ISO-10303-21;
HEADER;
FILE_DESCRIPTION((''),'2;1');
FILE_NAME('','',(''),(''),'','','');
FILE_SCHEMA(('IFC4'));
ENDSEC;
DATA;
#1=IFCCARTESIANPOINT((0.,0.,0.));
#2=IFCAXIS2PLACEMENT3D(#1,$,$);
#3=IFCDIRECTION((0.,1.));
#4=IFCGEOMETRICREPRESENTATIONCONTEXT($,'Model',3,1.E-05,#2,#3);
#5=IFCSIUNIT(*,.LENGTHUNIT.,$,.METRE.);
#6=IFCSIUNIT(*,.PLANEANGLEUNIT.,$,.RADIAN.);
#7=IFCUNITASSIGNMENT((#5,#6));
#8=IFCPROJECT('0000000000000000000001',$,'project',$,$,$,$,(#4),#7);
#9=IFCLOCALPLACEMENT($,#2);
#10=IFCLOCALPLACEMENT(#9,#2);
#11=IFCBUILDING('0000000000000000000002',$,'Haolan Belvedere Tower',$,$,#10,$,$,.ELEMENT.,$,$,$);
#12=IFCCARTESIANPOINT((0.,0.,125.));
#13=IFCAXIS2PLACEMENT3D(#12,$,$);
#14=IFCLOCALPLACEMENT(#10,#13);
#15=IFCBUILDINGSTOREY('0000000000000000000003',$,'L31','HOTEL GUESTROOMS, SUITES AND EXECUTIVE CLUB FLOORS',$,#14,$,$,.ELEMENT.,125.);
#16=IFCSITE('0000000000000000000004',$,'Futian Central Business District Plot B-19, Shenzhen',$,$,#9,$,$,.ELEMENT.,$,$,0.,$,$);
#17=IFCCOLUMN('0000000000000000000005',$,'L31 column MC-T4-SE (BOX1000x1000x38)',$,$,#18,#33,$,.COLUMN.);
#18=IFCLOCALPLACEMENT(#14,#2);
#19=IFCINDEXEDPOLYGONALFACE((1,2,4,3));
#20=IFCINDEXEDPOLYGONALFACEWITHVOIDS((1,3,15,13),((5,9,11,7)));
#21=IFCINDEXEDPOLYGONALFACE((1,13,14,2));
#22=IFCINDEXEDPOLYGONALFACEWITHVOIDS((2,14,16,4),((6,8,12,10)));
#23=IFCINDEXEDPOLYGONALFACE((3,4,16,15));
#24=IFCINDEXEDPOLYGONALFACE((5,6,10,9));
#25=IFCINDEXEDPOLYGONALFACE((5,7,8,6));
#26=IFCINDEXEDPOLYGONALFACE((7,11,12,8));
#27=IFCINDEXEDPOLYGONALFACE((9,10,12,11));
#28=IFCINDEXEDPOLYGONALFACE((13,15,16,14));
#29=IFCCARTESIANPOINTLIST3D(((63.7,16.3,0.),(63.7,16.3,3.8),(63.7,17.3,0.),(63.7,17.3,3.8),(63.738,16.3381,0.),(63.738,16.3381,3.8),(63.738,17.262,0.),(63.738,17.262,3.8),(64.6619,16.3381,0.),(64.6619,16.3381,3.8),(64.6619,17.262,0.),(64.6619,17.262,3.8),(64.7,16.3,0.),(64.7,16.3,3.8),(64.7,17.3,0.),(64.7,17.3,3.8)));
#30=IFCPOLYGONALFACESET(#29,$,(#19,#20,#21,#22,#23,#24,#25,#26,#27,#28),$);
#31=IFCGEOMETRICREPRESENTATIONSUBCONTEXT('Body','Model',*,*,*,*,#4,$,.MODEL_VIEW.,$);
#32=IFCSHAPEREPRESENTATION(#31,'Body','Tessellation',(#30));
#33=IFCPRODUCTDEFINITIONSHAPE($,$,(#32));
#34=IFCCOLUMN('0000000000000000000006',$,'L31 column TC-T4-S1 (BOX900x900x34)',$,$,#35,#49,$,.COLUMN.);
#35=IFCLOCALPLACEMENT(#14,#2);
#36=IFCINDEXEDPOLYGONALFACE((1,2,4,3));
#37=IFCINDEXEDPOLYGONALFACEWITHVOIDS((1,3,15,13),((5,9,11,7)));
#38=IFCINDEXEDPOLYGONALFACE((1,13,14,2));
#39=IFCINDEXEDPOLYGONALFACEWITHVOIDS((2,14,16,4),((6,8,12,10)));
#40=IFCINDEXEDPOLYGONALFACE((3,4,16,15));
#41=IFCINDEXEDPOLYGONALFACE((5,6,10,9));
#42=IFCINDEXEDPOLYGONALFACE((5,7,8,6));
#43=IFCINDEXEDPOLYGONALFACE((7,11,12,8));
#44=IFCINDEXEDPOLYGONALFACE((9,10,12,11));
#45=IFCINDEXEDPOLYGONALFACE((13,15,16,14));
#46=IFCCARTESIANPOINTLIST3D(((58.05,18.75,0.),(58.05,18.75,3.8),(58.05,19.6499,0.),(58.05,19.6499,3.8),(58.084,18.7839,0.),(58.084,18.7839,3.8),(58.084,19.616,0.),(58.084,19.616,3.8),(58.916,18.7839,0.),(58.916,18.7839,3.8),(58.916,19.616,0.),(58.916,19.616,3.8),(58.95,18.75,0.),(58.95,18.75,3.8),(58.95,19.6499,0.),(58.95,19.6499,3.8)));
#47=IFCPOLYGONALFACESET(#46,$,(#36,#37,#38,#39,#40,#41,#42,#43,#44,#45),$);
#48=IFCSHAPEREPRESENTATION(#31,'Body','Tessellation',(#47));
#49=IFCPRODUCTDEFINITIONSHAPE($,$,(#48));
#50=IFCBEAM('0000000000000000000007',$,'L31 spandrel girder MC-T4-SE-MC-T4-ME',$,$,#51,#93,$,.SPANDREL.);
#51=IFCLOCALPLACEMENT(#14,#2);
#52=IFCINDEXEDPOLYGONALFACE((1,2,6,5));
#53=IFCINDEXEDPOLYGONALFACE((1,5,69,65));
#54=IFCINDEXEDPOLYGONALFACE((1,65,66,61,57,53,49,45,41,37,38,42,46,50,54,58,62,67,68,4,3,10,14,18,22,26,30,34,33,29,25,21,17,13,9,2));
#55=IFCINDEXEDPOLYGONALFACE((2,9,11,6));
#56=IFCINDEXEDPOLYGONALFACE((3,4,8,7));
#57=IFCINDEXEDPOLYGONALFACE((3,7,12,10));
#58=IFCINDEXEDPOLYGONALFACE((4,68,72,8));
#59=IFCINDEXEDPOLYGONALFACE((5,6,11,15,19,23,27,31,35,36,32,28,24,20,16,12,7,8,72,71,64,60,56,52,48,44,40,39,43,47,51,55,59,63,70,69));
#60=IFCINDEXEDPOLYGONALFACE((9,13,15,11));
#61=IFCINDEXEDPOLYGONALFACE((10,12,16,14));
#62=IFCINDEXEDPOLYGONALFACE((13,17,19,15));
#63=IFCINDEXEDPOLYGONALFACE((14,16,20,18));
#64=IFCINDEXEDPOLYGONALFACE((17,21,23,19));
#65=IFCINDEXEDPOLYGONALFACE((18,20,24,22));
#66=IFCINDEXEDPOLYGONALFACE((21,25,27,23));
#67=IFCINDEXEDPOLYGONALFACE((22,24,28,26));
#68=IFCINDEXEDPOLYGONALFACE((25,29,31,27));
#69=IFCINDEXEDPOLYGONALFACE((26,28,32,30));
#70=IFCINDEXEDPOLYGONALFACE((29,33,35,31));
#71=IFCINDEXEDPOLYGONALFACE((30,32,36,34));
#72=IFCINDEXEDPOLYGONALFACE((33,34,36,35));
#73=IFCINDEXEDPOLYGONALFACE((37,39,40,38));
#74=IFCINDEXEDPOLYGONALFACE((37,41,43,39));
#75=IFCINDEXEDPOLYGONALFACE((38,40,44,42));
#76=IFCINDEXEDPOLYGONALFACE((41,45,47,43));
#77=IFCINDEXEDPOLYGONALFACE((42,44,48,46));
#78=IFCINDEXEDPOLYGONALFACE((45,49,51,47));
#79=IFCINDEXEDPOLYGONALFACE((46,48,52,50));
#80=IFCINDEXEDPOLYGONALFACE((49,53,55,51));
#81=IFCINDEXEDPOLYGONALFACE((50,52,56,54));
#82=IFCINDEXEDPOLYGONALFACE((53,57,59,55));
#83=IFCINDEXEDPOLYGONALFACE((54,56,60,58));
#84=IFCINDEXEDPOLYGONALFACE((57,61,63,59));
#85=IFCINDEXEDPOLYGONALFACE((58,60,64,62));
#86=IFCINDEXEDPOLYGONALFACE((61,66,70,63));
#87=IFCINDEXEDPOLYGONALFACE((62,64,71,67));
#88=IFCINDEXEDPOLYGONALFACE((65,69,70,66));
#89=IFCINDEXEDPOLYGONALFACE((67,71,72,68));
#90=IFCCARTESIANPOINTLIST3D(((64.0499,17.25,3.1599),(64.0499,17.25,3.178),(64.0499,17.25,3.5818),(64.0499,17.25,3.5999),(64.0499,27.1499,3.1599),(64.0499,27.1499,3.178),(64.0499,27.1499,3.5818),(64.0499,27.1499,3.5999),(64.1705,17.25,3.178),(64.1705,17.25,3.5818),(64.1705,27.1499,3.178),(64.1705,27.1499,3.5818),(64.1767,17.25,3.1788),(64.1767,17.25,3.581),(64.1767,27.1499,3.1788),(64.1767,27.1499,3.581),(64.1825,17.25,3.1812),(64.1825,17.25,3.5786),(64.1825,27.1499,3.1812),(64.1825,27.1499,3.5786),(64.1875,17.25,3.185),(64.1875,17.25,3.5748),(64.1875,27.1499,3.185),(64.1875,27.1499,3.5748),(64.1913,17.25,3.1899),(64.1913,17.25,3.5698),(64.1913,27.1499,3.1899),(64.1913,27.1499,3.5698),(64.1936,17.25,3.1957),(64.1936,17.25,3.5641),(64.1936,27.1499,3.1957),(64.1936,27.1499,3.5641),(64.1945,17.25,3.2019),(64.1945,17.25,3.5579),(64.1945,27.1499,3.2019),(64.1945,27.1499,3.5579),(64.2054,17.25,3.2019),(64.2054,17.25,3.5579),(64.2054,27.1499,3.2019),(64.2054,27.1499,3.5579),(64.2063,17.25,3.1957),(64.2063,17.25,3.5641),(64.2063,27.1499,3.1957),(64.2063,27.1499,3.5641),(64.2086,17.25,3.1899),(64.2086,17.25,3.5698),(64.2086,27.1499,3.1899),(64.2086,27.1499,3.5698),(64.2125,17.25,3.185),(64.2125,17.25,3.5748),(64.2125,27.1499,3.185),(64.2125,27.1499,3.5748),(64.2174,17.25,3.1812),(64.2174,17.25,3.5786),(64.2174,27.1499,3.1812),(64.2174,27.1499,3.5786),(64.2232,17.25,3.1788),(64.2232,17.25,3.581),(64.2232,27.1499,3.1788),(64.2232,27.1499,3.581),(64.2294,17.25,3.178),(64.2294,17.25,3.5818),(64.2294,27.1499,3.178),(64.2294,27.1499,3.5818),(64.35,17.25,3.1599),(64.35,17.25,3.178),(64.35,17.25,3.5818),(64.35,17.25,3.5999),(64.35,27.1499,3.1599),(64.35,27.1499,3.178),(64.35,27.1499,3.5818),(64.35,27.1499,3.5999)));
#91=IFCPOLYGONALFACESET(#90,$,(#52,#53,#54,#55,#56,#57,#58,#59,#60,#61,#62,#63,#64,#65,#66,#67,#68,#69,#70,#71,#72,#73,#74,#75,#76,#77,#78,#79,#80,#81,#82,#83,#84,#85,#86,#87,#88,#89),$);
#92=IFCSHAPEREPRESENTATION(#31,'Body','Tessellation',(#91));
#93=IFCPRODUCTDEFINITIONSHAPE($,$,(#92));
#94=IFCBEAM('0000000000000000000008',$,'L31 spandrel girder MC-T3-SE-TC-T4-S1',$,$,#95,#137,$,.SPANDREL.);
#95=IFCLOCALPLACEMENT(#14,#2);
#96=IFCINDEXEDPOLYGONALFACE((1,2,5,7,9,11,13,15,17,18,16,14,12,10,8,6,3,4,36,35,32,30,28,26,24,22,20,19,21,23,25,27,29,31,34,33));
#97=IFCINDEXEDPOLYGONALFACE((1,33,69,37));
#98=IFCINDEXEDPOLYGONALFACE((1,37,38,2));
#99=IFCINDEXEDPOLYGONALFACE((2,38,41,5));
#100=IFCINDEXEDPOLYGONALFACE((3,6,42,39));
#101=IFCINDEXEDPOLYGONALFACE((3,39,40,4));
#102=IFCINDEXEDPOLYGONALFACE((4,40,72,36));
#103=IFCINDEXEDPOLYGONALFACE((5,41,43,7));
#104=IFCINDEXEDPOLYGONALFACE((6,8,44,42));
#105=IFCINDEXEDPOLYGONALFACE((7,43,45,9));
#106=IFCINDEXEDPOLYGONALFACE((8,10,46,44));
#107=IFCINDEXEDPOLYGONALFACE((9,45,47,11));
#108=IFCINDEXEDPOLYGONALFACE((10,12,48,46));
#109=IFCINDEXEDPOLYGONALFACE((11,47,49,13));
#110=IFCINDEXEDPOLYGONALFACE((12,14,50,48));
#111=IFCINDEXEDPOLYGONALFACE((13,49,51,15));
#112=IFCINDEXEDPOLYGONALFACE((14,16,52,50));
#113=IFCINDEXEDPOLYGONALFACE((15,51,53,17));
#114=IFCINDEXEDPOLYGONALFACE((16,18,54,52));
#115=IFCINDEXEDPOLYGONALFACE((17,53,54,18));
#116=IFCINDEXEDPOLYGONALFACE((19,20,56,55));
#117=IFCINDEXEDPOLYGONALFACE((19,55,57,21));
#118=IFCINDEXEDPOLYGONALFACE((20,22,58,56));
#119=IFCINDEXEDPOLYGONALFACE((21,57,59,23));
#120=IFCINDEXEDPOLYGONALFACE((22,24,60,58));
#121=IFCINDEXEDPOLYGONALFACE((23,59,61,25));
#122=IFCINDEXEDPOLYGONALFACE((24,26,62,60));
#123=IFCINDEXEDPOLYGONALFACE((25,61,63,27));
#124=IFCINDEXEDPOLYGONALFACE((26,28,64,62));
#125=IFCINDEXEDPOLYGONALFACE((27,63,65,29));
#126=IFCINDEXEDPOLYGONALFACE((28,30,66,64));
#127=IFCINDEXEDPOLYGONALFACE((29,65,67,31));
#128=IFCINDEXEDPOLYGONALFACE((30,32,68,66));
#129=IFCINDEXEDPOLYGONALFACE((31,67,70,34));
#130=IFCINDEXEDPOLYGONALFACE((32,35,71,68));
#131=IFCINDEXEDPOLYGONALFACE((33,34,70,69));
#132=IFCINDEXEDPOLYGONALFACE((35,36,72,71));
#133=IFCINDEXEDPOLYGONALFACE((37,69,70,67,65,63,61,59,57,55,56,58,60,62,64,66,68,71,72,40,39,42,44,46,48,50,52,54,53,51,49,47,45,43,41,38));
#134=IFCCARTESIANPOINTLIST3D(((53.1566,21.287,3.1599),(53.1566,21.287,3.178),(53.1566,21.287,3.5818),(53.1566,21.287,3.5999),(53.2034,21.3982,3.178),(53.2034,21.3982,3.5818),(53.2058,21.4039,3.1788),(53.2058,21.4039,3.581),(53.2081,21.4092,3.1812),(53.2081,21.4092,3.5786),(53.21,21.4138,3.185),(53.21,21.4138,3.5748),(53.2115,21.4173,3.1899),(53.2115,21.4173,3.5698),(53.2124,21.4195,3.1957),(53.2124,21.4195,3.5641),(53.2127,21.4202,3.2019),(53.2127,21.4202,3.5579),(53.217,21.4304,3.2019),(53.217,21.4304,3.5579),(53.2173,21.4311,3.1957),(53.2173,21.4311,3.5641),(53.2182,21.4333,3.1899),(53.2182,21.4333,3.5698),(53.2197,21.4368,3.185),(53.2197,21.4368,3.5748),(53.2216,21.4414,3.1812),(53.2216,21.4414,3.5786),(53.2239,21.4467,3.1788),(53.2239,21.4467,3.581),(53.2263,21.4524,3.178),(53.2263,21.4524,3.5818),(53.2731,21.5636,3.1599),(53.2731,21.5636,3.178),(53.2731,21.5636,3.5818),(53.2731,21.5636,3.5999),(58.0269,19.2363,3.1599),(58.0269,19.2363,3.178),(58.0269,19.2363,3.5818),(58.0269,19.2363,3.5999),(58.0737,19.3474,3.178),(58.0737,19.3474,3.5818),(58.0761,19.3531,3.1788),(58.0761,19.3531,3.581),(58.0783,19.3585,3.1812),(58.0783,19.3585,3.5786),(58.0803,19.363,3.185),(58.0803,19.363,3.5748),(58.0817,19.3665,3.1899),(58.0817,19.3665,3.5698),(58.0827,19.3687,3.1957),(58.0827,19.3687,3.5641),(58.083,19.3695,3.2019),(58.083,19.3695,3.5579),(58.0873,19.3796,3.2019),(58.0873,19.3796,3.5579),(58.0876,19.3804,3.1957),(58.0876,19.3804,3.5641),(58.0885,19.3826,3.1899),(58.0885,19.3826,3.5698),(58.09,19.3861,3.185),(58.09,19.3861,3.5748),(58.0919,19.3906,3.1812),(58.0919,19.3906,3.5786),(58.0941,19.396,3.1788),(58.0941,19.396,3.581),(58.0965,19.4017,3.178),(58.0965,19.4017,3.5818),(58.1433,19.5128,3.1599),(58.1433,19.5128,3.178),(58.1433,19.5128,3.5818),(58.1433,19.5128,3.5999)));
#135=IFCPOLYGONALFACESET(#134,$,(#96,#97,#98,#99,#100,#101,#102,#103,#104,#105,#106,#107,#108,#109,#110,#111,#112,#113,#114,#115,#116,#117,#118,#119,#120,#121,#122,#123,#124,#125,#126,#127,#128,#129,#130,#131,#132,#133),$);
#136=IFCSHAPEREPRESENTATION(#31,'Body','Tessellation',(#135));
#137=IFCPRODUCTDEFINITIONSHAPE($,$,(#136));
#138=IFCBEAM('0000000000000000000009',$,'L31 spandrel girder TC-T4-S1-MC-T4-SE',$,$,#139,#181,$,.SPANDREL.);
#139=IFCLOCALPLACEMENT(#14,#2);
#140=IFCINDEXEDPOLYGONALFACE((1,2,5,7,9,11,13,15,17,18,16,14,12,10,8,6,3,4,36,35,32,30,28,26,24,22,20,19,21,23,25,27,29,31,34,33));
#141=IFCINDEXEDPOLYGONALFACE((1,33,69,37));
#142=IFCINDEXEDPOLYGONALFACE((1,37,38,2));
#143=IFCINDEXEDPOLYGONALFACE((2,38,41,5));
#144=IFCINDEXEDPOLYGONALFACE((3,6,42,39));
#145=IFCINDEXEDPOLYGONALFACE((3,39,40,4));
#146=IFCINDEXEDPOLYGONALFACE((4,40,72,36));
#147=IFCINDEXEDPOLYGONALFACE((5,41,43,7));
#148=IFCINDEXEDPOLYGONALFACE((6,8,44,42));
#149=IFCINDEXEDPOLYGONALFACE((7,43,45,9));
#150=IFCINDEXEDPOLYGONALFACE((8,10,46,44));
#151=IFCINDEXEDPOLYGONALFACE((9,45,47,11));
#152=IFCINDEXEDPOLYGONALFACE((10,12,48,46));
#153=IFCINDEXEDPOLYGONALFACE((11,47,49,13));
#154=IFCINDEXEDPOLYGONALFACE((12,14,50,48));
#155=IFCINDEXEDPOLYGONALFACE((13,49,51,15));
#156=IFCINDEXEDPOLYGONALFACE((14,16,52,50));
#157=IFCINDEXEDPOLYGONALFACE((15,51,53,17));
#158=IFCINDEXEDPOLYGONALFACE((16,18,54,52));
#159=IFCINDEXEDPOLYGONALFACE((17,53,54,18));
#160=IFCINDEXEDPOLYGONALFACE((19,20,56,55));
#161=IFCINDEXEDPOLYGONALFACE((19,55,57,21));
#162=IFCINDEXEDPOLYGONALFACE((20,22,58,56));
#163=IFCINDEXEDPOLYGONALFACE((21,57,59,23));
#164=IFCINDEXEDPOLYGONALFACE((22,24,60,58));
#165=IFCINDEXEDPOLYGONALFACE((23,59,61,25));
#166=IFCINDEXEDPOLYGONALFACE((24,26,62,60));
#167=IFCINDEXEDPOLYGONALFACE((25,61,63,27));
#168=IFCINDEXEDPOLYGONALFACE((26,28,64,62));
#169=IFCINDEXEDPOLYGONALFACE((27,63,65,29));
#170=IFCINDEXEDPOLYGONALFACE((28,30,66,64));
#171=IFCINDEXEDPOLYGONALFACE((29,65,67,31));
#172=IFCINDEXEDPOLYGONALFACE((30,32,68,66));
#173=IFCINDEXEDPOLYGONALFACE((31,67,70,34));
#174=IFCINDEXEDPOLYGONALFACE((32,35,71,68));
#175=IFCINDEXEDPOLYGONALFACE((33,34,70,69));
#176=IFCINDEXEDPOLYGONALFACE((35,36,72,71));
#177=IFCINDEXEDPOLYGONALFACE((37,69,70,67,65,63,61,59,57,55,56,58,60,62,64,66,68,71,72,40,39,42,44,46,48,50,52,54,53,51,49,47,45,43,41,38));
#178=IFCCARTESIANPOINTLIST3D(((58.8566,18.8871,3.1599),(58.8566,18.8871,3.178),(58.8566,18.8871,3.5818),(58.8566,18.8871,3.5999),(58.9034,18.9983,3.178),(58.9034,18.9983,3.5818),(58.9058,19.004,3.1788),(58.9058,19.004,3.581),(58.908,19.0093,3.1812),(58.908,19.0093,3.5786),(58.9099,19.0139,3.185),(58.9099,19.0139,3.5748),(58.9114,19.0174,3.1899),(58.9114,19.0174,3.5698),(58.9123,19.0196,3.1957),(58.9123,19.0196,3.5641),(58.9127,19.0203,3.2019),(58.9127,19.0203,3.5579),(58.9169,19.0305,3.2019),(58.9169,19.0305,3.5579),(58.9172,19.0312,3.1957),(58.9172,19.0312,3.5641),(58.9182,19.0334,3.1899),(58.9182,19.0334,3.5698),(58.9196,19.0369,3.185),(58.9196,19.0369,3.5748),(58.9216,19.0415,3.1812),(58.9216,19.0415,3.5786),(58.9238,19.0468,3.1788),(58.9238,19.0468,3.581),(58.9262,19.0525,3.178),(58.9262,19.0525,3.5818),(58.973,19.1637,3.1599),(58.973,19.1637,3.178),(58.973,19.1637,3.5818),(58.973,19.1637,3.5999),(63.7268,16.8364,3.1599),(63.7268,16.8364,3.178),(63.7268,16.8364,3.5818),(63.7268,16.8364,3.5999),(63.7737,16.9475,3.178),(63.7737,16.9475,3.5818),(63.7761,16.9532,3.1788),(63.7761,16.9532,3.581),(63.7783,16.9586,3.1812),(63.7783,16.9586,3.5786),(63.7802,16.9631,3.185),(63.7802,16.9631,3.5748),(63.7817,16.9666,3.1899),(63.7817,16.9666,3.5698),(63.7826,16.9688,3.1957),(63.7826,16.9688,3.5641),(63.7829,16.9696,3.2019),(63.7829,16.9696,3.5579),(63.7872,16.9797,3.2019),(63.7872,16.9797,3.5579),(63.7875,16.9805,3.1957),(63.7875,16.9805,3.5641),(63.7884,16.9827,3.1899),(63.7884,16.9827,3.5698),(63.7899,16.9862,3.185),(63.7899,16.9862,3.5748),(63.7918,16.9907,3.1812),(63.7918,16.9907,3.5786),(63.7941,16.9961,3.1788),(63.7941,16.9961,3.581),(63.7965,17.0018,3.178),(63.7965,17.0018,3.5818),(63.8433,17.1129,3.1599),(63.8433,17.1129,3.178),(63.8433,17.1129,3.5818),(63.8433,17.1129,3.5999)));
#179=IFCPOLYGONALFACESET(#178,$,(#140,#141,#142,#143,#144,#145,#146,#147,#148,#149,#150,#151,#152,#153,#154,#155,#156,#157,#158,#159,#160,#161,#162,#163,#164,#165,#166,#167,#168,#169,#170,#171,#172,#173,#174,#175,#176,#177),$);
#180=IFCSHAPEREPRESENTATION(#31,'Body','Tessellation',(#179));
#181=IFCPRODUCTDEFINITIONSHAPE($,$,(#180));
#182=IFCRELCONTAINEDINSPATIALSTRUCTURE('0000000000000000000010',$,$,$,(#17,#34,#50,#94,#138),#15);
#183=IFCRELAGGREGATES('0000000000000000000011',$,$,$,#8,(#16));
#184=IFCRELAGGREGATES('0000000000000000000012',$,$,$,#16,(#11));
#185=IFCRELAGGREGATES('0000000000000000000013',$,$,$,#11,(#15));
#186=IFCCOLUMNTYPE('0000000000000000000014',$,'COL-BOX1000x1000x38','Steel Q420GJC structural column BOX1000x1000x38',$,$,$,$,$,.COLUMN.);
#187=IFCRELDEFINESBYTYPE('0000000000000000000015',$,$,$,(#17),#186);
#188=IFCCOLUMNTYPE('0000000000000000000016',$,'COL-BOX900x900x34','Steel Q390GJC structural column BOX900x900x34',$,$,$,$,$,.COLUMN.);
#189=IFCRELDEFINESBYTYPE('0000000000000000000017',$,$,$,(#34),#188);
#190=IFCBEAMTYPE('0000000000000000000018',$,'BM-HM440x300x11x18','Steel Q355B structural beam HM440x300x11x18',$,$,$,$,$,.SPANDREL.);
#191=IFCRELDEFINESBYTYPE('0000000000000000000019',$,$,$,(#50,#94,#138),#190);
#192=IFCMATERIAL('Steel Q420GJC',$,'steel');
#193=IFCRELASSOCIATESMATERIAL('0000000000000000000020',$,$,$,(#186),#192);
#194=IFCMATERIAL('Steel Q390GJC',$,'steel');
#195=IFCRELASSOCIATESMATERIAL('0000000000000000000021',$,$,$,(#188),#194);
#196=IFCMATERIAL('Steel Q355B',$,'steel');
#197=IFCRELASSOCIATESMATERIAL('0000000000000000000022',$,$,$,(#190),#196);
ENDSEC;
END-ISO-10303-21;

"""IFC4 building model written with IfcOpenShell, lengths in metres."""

from ifc_helpers import new_model, si_unit, direction, frame, origin, origin_2d, place, context, subcontext, project, spatial, hollow_rectangle, i_section, extrude, material, material_profile, profile_set, type_object, element, save


model = new_model("IFC4")

# Units and contexts
model_context = context("Model", 3, precision=1e-05, world=origin(), true_north=direction((0.0, 1.0)))
body_context = subcontext(model_context, "Body", "Model", "MODEL_VIEW")
ifc_project = project(units=[si_unit("LENGTHUNIT", "METRE"), si_unit("PLANEANGLEUNIT", "RADIAN")], contexts=[model_context])

# Site, building, storey
site_placement = place(None, origin())
site = spatial("IfcSite", under=ifc_project, at=site_placement, Name="Futian Central Business District Plot B-19, Shenzhen", CompositionType="ELEMENT", RefElevation=0.0)
building_placement = place(site_placement, origin())
building = spatial("IfcBuilding", under=site, at=building_placement, Name="Haolan Belvedere Tower", CompositionType="ELEMENT")
storey_placement = place(building_placement, frame((0.0, 0.0, 125.0)))
storey = spatial("IfcBuildingStorey", under=building, at=storey_placement, Name="L31", Description="HOTEL GUESTROOMS, SUITES AND EXECUTIVE CLUB FLOORS", CompositionType="ELEMENT", Elevation=125.0)

# Columns
ifc_material_1 = material(Name="Steel Q420GJC", Category="steel")
ifc_material_profile_1 = material_profile(ifc_material_1, hollow_rectangle(XDim=1.0, YDim=1.0, WallThickness=0.0381, at=origin_2d()), Name="Steel Q420GJC")
ifc_profile_set_1 = profile_set([ifc_material_profile_1], Name="Steel Q420GJC")
column_type_1 = type_object("IfcColumnType", Name="COL-BOX1000x1000x38", Description="Steel Q420GJC structural column BOX1000x1000x38", PredefinedType="COLUMN", material=ifc_profile_set_1)
column_1_placement = place(storey_placement, frame((64.2, 16.8, 0.0), z_axis=(0.0, 0.0, 1.0), x_axis=(1.0, 0.0, 0.0)))
element("IfcColumn", 1, at=column_1_placement, inside=storey, type_object=column_type_1, Name="L31 column MC-T4-SE (BOX1000x1000x38)", PredefinedType="COLUMN", context=body_context, shape_type="SweptSolid", body=[
    extrude(hollow_rectangle(XDim=1.0, YDim=1.0, WallThickness=0.0381, at=origin_2d()), origin(), (0.0, 0.0, 1.0), 3.8),
])
ifc_material_2 = material(Name="Steel Q390GJC", Category="steel")
ifc_material_profile_2 = material_profile(ifc_material_2, hollow_rectangle(XDim=0.8999, YDim=0.8999, WallThickness=0.0339, at=origin_2d()), Name="Steel Q390GJC")
ifc_profile_set_2 = profile_set([ifc_material_profile_2], Name="Steel Q390GJC")
column_type_2 = type_object("IfcColumnType", Name="COL-BOX900x900x34", Description="Steel Q390GJC structural column BOX900x900x34", PredefinedType="COLUMN", material=ifc_profile_set_2)
column_2_placement = place(storey_placement, frame((58.5, 19.2, 0.0), z_axis=(0.0, 0.0, 1.0), x_axis=(1.0, 0.0, 0.0)))
element("IfcColumn", 2, at=column_2_placement, inside=storey, type_object=column_type_2, Name="L31 column TC-T4-S1 (BOX900x900x34)", PredefinedType="COLUMN", context=body_context, shape_type="SweptSolid", body=[
    extrude(hollow_rectangle(XDim=0.8999, YDim=0.8999, WallThickness=0.0339, at=origin_2d()), origin(), (0.0, 0.0, 1.0), 3.8),
])

# Beams
ifc_material_3 = material(Name="Steel Q355B", Category="steel")
ifc_material_profile_3 = material_profile(ifc_material_3, i_section(OverallWidth=0.3, OverallDepth=0.4399, WebThickness=0.011, FlangeThickness=0.0181, FilletRadius=0.0239, at=origin_2d()), Name="Steel Q355B")
ifc_profile_set_3 = profile_set([ifc_material_profile_3], Name="Steel Q355B")
beam_type_1 = type_object("IfcBeamType", Name="BM-HM440x300x11x18", Description="Steel Q355B structural beam HM440x300x11x18", PredefinedType="SPANDREL", material=ifc_profile_set_3)
beam_1_placement = place(storey_placement, frame((64.2, 17.25, 3.3799), z_axis=(0.0, 1.0, 0.0), x_axis=(-1.0, 0.0, 0.0)))
element("IfcBeam", 3, at=beam_1_placement, inside=storey, type_object=beam_type_1, Name="L31 spandrel girder MC-T4-SE-MC-T4-ME", PredefinedType="SPANDREL", context=body_context, shape_type="SweptSolid", body=[
    extrude(i_section(OverallWidth=0.3, OverallDepth=0.4399, WebThickness=0.011, FlangeThickness=0.0181, FilletRadius=0.0239, at=origin_2d()), origin(), (0.0, 0.0, 1.0), 9.8999),
])
for number, where, z_axis, x_axis, name in (
    (4, (53.2148, 21.4253, 3.3799), (0.921628, -0.388074, 0.0), (0.388074, 0.921628, 0.0), "L31 spandrel girder MC-T3-SE-TC-T4-S1"),
    (5, (58.9148, 19.0254, 3.3799), (0.921628, -0.388074, 0.0), (0.388074, 0.921628, 0.0), "L31 spandrel girder TC-T4-S1-MC-T4-SE"),
):
    element("IfcBeam", number, at=place(storey_placement, frame(where, z_axis=z_axis, x_axis=x_axis)), inside=storey, type_object=beam_type_1, Name=name, PredefinedType="SPANDREL", context=body_context, shape_type="SweptSolid", body=[
        extrude(i_section(OverallWidth=0.3, OverallDepth=0.4399, WebThickness=0.011, FlangeThickness=0.0181, FilletRadius=0.0239, at=origin_2d()), origin(), (0.0, 0.0, 1.0), 5.2844),
    ])

save(model, "model.ifc")
